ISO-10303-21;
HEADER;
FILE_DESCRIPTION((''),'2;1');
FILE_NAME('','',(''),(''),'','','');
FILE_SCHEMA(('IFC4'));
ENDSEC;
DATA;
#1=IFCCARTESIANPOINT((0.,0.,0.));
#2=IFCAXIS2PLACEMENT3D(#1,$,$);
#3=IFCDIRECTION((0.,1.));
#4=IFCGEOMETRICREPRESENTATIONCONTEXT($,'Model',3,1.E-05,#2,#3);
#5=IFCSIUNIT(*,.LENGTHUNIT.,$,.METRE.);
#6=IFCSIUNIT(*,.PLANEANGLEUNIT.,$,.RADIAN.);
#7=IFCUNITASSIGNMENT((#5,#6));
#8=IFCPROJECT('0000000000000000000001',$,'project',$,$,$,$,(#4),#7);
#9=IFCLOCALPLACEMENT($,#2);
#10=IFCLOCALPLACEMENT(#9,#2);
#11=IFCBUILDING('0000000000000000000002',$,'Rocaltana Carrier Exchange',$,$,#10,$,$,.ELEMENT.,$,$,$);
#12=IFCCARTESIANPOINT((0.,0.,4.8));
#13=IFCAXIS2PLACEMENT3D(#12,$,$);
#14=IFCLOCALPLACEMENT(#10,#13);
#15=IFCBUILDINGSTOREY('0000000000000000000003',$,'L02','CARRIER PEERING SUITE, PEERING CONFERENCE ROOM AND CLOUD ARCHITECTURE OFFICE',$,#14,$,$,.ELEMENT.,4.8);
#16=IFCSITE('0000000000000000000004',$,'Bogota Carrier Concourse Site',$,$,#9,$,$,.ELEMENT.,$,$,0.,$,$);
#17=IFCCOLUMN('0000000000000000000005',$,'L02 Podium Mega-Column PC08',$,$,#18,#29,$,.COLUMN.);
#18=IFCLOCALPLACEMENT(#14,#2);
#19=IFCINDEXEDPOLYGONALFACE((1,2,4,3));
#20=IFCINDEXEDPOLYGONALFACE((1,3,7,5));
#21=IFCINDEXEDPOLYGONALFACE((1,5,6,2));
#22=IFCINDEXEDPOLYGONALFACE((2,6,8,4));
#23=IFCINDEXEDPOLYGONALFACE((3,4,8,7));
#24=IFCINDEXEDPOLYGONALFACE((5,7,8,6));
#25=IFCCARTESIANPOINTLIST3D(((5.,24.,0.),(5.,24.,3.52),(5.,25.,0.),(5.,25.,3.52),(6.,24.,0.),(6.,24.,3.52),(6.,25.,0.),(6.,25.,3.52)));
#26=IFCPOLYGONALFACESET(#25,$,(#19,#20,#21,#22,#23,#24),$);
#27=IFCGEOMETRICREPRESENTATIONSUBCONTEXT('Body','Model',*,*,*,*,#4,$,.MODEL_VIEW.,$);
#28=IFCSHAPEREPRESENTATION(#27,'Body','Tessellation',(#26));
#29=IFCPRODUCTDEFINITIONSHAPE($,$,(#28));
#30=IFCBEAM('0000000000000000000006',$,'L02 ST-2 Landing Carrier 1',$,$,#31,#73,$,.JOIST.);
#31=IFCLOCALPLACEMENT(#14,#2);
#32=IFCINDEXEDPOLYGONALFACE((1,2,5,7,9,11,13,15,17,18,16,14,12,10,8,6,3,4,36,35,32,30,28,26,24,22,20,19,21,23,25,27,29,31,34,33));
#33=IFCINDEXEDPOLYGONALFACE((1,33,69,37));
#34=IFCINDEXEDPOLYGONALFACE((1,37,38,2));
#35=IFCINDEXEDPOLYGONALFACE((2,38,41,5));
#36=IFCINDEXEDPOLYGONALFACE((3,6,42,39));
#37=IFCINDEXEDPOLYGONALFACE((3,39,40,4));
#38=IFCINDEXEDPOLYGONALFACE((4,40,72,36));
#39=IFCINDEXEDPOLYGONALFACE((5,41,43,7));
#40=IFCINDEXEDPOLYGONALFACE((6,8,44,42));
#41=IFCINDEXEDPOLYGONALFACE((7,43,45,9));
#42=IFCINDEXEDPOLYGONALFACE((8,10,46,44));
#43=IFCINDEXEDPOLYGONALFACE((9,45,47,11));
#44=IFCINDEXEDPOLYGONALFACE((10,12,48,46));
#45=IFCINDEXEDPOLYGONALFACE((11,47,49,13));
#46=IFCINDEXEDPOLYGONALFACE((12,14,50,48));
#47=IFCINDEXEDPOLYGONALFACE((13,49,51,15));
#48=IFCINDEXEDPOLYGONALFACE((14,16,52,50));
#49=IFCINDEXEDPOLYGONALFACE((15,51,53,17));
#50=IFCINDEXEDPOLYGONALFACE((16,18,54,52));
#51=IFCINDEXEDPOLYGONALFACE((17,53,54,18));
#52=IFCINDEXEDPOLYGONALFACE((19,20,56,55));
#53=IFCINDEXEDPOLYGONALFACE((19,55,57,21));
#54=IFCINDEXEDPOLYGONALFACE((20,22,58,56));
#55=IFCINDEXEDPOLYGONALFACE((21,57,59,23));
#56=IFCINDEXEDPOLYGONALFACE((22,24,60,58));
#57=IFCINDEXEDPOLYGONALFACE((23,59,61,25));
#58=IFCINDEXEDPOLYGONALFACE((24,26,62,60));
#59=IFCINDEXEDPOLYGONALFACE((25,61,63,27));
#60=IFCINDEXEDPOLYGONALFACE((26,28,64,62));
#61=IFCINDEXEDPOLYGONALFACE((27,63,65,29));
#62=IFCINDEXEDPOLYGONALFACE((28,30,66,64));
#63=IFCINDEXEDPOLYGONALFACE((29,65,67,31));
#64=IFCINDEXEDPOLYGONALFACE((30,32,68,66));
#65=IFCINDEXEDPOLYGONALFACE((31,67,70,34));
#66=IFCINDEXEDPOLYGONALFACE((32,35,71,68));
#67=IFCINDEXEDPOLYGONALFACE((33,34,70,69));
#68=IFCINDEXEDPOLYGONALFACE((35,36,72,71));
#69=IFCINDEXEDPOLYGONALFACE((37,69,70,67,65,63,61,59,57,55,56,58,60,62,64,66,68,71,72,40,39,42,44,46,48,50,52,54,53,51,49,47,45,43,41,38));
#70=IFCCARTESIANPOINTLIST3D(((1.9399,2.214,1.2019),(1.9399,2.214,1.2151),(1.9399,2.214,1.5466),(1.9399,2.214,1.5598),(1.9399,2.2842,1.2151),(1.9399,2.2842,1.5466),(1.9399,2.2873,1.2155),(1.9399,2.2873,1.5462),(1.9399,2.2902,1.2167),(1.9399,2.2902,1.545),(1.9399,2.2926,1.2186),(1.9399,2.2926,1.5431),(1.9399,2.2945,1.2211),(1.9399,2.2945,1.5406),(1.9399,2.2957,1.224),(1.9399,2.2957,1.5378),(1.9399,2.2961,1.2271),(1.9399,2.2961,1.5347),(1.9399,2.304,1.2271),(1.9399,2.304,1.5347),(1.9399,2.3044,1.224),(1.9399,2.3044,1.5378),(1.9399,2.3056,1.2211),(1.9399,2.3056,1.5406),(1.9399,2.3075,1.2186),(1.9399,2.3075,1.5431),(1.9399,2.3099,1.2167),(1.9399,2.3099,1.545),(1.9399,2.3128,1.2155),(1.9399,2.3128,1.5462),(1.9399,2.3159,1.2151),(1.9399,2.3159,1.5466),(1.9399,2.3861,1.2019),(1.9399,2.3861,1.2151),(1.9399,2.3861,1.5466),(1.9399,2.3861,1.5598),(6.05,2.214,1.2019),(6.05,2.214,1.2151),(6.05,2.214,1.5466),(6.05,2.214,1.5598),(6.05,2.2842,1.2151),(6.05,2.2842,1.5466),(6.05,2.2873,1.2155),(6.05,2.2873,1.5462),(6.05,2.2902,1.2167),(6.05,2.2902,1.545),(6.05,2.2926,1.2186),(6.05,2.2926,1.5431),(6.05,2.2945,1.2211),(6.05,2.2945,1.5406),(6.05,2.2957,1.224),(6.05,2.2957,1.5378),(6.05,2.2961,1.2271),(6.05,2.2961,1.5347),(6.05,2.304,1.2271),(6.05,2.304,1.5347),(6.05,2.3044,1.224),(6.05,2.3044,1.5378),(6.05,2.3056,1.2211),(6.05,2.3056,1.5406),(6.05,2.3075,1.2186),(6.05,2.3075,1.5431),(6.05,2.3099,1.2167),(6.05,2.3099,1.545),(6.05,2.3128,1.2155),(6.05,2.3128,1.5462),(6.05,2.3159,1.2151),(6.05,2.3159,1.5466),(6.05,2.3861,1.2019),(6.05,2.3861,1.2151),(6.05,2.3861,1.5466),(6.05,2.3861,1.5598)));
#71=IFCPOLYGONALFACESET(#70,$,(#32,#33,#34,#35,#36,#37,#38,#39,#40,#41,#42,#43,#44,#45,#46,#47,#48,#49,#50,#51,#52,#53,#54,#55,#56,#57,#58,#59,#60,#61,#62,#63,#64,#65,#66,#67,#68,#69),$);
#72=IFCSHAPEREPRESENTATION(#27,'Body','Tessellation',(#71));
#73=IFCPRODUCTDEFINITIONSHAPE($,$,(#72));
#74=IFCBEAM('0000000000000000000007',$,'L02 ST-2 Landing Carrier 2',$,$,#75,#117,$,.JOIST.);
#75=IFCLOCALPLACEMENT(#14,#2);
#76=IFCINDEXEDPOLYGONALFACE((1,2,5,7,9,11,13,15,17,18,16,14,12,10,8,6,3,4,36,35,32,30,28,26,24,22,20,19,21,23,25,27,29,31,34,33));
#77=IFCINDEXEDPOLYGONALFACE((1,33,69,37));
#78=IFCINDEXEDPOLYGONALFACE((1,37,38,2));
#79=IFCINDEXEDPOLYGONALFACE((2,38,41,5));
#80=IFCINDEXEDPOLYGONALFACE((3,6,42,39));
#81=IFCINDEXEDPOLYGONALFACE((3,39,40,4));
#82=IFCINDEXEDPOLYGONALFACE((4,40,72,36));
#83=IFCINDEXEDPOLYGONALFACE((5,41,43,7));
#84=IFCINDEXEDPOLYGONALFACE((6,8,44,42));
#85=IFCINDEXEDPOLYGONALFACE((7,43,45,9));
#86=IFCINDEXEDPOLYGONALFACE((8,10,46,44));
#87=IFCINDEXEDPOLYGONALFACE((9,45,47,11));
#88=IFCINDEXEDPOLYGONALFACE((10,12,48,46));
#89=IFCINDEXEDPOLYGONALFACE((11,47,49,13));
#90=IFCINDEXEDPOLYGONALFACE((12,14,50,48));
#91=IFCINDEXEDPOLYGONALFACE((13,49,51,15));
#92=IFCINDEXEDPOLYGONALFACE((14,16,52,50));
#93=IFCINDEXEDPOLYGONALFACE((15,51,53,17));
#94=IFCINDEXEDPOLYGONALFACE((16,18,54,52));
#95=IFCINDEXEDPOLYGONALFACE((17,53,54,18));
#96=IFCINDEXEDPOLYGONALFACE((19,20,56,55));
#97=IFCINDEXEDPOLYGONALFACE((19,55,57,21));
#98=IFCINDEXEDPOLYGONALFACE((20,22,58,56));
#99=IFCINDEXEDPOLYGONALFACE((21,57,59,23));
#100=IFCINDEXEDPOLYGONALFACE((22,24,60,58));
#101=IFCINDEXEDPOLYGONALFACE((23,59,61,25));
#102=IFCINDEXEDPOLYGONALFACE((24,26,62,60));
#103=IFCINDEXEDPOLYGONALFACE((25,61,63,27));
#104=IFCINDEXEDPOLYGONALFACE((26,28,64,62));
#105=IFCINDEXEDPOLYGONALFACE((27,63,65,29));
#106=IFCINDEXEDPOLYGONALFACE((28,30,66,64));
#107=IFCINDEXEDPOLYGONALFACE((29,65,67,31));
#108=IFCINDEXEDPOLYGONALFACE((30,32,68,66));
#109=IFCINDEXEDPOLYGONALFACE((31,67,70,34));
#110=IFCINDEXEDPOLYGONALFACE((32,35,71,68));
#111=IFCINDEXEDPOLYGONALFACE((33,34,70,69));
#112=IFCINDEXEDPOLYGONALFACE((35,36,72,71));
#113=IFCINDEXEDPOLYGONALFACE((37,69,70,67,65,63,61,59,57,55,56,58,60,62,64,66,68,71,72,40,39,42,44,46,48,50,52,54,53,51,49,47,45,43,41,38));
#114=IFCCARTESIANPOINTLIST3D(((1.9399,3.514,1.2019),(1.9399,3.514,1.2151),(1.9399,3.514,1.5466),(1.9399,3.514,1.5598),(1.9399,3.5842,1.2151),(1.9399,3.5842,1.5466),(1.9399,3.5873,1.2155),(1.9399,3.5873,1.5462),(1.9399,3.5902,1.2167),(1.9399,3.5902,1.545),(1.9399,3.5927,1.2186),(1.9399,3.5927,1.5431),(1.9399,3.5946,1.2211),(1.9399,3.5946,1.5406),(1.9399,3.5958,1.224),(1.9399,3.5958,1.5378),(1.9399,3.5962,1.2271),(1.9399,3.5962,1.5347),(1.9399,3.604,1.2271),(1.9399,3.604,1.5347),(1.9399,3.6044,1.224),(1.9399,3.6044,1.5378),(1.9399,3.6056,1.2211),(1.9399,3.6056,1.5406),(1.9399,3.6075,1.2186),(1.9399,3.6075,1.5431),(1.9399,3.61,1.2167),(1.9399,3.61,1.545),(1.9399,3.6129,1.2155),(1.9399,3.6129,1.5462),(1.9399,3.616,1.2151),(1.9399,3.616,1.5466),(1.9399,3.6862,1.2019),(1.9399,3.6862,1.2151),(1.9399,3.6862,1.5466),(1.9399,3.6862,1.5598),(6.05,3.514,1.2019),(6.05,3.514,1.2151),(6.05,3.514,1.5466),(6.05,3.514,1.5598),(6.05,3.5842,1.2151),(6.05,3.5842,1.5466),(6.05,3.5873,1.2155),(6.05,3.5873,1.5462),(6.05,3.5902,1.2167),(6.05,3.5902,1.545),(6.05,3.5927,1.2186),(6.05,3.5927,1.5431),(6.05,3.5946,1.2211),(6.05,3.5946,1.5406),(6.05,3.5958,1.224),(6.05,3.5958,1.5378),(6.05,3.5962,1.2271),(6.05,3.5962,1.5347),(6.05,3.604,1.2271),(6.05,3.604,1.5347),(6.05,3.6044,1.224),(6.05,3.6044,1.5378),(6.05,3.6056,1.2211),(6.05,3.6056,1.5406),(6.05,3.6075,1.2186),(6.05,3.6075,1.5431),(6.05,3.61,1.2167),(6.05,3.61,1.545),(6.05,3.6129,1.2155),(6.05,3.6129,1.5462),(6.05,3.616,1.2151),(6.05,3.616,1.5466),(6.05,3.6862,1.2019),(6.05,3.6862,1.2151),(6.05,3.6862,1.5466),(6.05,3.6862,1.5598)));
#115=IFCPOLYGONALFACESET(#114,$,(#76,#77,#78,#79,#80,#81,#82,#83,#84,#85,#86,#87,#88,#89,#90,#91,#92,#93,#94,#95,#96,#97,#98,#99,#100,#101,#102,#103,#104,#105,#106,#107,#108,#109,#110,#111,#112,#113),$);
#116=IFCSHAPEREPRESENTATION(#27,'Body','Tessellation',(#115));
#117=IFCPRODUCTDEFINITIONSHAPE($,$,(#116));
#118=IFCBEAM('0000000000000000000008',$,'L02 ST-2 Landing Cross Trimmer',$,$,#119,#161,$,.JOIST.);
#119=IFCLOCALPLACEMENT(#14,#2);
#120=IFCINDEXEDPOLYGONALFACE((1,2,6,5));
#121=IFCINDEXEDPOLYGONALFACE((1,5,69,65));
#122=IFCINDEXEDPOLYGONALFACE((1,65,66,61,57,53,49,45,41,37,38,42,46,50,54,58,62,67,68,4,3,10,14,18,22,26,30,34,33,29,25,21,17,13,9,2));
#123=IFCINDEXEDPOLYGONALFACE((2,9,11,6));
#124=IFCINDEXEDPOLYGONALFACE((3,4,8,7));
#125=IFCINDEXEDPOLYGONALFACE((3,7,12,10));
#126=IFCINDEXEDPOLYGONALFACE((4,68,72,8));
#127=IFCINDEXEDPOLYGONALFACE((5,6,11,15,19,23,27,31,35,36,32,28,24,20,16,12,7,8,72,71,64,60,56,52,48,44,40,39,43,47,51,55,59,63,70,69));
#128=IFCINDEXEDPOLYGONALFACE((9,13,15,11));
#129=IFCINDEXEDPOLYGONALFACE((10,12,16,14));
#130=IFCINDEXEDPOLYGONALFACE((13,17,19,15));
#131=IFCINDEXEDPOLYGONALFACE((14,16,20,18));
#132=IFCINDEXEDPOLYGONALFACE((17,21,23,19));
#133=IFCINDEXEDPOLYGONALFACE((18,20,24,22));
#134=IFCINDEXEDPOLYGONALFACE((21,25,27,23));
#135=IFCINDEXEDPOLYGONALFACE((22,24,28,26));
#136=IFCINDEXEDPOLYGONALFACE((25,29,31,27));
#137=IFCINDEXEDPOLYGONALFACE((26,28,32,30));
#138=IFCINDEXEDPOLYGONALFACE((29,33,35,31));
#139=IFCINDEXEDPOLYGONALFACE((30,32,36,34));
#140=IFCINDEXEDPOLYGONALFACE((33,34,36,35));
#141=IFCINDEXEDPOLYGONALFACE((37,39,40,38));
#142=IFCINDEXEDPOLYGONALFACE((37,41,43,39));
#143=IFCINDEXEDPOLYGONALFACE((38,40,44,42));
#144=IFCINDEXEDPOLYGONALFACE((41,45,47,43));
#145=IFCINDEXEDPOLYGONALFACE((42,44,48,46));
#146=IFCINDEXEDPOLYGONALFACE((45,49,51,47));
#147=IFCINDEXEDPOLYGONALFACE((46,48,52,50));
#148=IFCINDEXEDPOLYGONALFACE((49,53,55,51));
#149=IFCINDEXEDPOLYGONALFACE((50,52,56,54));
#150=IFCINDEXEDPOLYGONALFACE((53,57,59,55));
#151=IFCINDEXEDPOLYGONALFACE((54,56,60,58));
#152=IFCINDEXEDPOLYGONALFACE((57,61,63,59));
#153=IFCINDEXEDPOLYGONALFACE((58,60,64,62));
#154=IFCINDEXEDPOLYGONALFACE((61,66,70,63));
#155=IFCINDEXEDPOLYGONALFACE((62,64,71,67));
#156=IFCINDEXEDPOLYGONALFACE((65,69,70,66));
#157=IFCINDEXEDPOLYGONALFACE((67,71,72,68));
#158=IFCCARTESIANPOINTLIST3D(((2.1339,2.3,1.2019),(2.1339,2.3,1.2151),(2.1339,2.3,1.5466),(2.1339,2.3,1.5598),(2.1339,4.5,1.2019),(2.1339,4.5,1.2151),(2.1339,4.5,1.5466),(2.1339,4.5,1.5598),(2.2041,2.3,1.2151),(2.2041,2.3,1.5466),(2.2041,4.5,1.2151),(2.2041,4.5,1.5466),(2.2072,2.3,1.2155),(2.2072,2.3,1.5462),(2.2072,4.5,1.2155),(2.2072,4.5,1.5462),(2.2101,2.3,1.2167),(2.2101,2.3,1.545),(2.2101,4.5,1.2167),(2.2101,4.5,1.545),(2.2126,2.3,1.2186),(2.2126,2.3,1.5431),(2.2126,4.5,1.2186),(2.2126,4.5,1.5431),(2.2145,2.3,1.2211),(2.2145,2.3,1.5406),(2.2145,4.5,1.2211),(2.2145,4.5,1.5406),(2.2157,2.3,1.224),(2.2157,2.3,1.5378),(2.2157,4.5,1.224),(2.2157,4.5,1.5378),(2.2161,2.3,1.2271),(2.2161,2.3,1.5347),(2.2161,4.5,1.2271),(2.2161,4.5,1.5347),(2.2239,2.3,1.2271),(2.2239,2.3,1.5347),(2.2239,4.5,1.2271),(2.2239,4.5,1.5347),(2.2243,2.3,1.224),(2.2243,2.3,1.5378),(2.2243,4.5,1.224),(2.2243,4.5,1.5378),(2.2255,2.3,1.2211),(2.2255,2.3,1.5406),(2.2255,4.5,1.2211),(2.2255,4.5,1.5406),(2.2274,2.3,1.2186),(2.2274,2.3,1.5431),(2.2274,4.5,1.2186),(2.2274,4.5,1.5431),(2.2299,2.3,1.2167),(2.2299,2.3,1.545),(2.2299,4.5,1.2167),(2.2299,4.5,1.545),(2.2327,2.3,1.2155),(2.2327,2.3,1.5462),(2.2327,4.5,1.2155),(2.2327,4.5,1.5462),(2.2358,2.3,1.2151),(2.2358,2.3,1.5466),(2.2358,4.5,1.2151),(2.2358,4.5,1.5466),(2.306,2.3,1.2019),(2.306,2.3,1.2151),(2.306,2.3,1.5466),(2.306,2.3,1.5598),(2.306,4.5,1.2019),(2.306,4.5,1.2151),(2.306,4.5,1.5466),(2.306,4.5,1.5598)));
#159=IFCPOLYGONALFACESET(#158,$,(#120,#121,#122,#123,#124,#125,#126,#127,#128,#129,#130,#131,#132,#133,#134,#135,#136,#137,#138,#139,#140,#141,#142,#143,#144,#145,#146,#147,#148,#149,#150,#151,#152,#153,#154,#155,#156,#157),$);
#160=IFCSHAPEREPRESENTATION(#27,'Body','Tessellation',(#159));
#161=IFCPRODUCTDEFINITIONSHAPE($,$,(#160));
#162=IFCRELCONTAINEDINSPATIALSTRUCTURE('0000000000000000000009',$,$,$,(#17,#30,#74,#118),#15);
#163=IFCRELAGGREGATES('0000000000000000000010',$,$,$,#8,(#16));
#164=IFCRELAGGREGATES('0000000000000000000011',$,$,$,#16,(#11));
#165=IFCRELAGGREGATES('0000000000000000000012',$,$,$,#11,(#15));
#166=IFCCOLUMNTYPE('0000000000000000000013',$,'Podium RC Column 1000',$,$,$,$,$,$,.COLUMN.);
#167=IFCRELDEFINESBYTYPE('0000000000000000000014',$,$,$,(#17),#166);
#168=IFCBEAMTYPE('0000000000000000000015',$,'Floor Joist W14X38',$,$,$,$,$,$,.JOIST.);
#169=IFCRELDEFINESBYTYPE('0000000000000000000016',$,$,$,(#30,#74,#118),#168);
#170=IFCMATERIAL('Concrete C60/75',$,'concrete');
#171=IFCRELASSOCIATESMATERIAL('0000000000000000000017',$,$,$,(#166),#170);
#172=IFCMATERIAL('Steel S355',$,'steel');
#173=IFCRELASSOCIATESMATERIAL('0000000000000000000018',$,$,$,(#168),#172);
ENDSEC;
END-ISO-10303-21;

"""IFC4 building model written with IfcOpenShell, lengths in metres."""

from ifc_helpers import new_model, si_unit, direction, frame, origin, origin_2d, place, context, subcontext, project, spatial, rectangle, i_section, extrude, material, material_profile, profile_set, type_object, element, save


model = new_model("IFC4")

# Units and contexts
model_context = context("Model", 3, precision=1e-05, world=origin(), true_north=direction((0.0, 1.0)))
body_context = subcontext(model_context, "Body", "Model", "MODEL_VIEW")
ifc_project = project(units=[si_unit("LENGTHUNIT", "METRE"), si_unit("PLANEANGLEUNIT", "RADIAN")], contexts=[model_context])

# Site, building, storey
site_placement = place(None, origin())
site = spatial("IfcSite", under=ifc_project, at=site_placement, Name="Bogota Carrier Concourse Site", CompositionType="ELEMENT", RefElevation=0.0)
building_placement = place(site_placement, origin())
building = spatial("IfcBuilding", under=site, at=building_placement, Name="Rocaltana Carrier Exchange", CompositionType="ELEMENT")
storey_placement = place(building_placement, frame((0.0, 0.0, 4.8)))
storey = spatial("IfcBuildingStorey", under=building, at=storey_placement, Name="L02", Description="CARRIER PEERING SUITE, PEERING CONFERENCE ROOM AND CLOUD ARCHITECTURE OFFICE", CompositionType="ELEMENT", Elevation=4.8)

# Column
ifc_material_1 = material(Name="Concrete C60/75", Category="concrete")
ifc_material_profile_1 = material_profile(ifc_material_1, rectangle(XDim=1.0, YDim=1.0, at=origin_2d()), Name="RC-COL-1000X1000")
ifc_profile_set_1 = profile_set([ifc_material_profile_1], Name="Concrete C60/75")
column_type = type_object("IfcColumnType", Name="Podium RC Column 1000", PredefinedType="COLUMN", material=ifc_profile_set_1)
column_placement = place(storey_placement, frame((5.5, 24.5, 0.0), z_axis=(0.0, 0.0, 1.0), x_axis=(1.0, 0.0, 0.0)))
element("IfcColumn", 1, at=column_placement, inside=storey, type_object=column_type, Name="L02 Podium Mega-Column PC08", PredefinedType="COLUMN", context=body_context, shape_type="SweptSolid", body=[
    extrude(rectangle(XDim=1.0, YDim=1.0, at=origin_2d()), origin(), (0.0, 0.0, 1.0), 3.52),
])

# Beams
ifc_material_2 = material(Name="Steel S355", Category="steel")
ifc_material_profile_2 = material_profile(ifc_material_2, i_section(OverallWidth=0.1721, OverallDepth=0.3579, WebThickness=0.0078, FlangeThickness=0.0132, FilletRadius=0.012, at=origin_2d()), Name="W14X38")
ifc_profile_set_2 = profile_set([ifc_material_profile_2], Name="Steel S355")
beam_type_1 = type_object("IfcBeamType", Name="Floor Joist W14X38", PredefinedType="JOIST", material=ifc_profile_set_2)
for number, where, z_axis, x_axis, name in (
    (2, (1.9399, 2.3, 1.3809), (1.0, 0.0, 0.0), (0.0, 1.0, 0.0), "L02 ST-2 Landing Carrier 1"),
    (3, (1.9399, 3.6001, 1.3809), (1.0, 0.0, 0.0), (0.0, 1.0, 0.0), "L02 ST-2 Landing Carrier 2"),
):
    element("IfcBeam", number, at=place(storey_placement, frame(where, z_axis=z_axis, x_axis=x_axis)), inside=storey, type_object=beam_type_1, Name=name, PredefinedType="JOIST", context=body_context, shape_type="SweptSolid", body=[
        extrude(i_section(OverallWidth=0.1721, OverallDepth=0.3579, WebThickness=0.0078, FlangeThickness=0.0132, FilletRadius=0.012, at=origin_2d()), origin(), (0.0, 0.0, 1.0), 4.1101),
    ])
beam_1_placement = place(storey_placement, frame((2.22, 2.3, 1.3809), z_axis=(0.0, 1.0, 0.0), x_axis=(-1.0, 0.0, 0.0)))
element("IfcBeam", 4, at=beam_1_placement, inside=storey, type_object=beam_type_1, Name="L02 ST-2 Landing Cross Trimmer", PredefinedType="JOIST", context=body_context, shape_type="SweptSolid", body=[
    extrude(i_section(OverallWidth=0.1721, OverallDepth=0.3579, WebThickness=0.0078, FlangeThickness=0.0132, FilletRadius=0.012, at=origin_2d()), origin(), (0.0, 0.0, 1.0), 2.2),
])

save(model, "model.ifc")
